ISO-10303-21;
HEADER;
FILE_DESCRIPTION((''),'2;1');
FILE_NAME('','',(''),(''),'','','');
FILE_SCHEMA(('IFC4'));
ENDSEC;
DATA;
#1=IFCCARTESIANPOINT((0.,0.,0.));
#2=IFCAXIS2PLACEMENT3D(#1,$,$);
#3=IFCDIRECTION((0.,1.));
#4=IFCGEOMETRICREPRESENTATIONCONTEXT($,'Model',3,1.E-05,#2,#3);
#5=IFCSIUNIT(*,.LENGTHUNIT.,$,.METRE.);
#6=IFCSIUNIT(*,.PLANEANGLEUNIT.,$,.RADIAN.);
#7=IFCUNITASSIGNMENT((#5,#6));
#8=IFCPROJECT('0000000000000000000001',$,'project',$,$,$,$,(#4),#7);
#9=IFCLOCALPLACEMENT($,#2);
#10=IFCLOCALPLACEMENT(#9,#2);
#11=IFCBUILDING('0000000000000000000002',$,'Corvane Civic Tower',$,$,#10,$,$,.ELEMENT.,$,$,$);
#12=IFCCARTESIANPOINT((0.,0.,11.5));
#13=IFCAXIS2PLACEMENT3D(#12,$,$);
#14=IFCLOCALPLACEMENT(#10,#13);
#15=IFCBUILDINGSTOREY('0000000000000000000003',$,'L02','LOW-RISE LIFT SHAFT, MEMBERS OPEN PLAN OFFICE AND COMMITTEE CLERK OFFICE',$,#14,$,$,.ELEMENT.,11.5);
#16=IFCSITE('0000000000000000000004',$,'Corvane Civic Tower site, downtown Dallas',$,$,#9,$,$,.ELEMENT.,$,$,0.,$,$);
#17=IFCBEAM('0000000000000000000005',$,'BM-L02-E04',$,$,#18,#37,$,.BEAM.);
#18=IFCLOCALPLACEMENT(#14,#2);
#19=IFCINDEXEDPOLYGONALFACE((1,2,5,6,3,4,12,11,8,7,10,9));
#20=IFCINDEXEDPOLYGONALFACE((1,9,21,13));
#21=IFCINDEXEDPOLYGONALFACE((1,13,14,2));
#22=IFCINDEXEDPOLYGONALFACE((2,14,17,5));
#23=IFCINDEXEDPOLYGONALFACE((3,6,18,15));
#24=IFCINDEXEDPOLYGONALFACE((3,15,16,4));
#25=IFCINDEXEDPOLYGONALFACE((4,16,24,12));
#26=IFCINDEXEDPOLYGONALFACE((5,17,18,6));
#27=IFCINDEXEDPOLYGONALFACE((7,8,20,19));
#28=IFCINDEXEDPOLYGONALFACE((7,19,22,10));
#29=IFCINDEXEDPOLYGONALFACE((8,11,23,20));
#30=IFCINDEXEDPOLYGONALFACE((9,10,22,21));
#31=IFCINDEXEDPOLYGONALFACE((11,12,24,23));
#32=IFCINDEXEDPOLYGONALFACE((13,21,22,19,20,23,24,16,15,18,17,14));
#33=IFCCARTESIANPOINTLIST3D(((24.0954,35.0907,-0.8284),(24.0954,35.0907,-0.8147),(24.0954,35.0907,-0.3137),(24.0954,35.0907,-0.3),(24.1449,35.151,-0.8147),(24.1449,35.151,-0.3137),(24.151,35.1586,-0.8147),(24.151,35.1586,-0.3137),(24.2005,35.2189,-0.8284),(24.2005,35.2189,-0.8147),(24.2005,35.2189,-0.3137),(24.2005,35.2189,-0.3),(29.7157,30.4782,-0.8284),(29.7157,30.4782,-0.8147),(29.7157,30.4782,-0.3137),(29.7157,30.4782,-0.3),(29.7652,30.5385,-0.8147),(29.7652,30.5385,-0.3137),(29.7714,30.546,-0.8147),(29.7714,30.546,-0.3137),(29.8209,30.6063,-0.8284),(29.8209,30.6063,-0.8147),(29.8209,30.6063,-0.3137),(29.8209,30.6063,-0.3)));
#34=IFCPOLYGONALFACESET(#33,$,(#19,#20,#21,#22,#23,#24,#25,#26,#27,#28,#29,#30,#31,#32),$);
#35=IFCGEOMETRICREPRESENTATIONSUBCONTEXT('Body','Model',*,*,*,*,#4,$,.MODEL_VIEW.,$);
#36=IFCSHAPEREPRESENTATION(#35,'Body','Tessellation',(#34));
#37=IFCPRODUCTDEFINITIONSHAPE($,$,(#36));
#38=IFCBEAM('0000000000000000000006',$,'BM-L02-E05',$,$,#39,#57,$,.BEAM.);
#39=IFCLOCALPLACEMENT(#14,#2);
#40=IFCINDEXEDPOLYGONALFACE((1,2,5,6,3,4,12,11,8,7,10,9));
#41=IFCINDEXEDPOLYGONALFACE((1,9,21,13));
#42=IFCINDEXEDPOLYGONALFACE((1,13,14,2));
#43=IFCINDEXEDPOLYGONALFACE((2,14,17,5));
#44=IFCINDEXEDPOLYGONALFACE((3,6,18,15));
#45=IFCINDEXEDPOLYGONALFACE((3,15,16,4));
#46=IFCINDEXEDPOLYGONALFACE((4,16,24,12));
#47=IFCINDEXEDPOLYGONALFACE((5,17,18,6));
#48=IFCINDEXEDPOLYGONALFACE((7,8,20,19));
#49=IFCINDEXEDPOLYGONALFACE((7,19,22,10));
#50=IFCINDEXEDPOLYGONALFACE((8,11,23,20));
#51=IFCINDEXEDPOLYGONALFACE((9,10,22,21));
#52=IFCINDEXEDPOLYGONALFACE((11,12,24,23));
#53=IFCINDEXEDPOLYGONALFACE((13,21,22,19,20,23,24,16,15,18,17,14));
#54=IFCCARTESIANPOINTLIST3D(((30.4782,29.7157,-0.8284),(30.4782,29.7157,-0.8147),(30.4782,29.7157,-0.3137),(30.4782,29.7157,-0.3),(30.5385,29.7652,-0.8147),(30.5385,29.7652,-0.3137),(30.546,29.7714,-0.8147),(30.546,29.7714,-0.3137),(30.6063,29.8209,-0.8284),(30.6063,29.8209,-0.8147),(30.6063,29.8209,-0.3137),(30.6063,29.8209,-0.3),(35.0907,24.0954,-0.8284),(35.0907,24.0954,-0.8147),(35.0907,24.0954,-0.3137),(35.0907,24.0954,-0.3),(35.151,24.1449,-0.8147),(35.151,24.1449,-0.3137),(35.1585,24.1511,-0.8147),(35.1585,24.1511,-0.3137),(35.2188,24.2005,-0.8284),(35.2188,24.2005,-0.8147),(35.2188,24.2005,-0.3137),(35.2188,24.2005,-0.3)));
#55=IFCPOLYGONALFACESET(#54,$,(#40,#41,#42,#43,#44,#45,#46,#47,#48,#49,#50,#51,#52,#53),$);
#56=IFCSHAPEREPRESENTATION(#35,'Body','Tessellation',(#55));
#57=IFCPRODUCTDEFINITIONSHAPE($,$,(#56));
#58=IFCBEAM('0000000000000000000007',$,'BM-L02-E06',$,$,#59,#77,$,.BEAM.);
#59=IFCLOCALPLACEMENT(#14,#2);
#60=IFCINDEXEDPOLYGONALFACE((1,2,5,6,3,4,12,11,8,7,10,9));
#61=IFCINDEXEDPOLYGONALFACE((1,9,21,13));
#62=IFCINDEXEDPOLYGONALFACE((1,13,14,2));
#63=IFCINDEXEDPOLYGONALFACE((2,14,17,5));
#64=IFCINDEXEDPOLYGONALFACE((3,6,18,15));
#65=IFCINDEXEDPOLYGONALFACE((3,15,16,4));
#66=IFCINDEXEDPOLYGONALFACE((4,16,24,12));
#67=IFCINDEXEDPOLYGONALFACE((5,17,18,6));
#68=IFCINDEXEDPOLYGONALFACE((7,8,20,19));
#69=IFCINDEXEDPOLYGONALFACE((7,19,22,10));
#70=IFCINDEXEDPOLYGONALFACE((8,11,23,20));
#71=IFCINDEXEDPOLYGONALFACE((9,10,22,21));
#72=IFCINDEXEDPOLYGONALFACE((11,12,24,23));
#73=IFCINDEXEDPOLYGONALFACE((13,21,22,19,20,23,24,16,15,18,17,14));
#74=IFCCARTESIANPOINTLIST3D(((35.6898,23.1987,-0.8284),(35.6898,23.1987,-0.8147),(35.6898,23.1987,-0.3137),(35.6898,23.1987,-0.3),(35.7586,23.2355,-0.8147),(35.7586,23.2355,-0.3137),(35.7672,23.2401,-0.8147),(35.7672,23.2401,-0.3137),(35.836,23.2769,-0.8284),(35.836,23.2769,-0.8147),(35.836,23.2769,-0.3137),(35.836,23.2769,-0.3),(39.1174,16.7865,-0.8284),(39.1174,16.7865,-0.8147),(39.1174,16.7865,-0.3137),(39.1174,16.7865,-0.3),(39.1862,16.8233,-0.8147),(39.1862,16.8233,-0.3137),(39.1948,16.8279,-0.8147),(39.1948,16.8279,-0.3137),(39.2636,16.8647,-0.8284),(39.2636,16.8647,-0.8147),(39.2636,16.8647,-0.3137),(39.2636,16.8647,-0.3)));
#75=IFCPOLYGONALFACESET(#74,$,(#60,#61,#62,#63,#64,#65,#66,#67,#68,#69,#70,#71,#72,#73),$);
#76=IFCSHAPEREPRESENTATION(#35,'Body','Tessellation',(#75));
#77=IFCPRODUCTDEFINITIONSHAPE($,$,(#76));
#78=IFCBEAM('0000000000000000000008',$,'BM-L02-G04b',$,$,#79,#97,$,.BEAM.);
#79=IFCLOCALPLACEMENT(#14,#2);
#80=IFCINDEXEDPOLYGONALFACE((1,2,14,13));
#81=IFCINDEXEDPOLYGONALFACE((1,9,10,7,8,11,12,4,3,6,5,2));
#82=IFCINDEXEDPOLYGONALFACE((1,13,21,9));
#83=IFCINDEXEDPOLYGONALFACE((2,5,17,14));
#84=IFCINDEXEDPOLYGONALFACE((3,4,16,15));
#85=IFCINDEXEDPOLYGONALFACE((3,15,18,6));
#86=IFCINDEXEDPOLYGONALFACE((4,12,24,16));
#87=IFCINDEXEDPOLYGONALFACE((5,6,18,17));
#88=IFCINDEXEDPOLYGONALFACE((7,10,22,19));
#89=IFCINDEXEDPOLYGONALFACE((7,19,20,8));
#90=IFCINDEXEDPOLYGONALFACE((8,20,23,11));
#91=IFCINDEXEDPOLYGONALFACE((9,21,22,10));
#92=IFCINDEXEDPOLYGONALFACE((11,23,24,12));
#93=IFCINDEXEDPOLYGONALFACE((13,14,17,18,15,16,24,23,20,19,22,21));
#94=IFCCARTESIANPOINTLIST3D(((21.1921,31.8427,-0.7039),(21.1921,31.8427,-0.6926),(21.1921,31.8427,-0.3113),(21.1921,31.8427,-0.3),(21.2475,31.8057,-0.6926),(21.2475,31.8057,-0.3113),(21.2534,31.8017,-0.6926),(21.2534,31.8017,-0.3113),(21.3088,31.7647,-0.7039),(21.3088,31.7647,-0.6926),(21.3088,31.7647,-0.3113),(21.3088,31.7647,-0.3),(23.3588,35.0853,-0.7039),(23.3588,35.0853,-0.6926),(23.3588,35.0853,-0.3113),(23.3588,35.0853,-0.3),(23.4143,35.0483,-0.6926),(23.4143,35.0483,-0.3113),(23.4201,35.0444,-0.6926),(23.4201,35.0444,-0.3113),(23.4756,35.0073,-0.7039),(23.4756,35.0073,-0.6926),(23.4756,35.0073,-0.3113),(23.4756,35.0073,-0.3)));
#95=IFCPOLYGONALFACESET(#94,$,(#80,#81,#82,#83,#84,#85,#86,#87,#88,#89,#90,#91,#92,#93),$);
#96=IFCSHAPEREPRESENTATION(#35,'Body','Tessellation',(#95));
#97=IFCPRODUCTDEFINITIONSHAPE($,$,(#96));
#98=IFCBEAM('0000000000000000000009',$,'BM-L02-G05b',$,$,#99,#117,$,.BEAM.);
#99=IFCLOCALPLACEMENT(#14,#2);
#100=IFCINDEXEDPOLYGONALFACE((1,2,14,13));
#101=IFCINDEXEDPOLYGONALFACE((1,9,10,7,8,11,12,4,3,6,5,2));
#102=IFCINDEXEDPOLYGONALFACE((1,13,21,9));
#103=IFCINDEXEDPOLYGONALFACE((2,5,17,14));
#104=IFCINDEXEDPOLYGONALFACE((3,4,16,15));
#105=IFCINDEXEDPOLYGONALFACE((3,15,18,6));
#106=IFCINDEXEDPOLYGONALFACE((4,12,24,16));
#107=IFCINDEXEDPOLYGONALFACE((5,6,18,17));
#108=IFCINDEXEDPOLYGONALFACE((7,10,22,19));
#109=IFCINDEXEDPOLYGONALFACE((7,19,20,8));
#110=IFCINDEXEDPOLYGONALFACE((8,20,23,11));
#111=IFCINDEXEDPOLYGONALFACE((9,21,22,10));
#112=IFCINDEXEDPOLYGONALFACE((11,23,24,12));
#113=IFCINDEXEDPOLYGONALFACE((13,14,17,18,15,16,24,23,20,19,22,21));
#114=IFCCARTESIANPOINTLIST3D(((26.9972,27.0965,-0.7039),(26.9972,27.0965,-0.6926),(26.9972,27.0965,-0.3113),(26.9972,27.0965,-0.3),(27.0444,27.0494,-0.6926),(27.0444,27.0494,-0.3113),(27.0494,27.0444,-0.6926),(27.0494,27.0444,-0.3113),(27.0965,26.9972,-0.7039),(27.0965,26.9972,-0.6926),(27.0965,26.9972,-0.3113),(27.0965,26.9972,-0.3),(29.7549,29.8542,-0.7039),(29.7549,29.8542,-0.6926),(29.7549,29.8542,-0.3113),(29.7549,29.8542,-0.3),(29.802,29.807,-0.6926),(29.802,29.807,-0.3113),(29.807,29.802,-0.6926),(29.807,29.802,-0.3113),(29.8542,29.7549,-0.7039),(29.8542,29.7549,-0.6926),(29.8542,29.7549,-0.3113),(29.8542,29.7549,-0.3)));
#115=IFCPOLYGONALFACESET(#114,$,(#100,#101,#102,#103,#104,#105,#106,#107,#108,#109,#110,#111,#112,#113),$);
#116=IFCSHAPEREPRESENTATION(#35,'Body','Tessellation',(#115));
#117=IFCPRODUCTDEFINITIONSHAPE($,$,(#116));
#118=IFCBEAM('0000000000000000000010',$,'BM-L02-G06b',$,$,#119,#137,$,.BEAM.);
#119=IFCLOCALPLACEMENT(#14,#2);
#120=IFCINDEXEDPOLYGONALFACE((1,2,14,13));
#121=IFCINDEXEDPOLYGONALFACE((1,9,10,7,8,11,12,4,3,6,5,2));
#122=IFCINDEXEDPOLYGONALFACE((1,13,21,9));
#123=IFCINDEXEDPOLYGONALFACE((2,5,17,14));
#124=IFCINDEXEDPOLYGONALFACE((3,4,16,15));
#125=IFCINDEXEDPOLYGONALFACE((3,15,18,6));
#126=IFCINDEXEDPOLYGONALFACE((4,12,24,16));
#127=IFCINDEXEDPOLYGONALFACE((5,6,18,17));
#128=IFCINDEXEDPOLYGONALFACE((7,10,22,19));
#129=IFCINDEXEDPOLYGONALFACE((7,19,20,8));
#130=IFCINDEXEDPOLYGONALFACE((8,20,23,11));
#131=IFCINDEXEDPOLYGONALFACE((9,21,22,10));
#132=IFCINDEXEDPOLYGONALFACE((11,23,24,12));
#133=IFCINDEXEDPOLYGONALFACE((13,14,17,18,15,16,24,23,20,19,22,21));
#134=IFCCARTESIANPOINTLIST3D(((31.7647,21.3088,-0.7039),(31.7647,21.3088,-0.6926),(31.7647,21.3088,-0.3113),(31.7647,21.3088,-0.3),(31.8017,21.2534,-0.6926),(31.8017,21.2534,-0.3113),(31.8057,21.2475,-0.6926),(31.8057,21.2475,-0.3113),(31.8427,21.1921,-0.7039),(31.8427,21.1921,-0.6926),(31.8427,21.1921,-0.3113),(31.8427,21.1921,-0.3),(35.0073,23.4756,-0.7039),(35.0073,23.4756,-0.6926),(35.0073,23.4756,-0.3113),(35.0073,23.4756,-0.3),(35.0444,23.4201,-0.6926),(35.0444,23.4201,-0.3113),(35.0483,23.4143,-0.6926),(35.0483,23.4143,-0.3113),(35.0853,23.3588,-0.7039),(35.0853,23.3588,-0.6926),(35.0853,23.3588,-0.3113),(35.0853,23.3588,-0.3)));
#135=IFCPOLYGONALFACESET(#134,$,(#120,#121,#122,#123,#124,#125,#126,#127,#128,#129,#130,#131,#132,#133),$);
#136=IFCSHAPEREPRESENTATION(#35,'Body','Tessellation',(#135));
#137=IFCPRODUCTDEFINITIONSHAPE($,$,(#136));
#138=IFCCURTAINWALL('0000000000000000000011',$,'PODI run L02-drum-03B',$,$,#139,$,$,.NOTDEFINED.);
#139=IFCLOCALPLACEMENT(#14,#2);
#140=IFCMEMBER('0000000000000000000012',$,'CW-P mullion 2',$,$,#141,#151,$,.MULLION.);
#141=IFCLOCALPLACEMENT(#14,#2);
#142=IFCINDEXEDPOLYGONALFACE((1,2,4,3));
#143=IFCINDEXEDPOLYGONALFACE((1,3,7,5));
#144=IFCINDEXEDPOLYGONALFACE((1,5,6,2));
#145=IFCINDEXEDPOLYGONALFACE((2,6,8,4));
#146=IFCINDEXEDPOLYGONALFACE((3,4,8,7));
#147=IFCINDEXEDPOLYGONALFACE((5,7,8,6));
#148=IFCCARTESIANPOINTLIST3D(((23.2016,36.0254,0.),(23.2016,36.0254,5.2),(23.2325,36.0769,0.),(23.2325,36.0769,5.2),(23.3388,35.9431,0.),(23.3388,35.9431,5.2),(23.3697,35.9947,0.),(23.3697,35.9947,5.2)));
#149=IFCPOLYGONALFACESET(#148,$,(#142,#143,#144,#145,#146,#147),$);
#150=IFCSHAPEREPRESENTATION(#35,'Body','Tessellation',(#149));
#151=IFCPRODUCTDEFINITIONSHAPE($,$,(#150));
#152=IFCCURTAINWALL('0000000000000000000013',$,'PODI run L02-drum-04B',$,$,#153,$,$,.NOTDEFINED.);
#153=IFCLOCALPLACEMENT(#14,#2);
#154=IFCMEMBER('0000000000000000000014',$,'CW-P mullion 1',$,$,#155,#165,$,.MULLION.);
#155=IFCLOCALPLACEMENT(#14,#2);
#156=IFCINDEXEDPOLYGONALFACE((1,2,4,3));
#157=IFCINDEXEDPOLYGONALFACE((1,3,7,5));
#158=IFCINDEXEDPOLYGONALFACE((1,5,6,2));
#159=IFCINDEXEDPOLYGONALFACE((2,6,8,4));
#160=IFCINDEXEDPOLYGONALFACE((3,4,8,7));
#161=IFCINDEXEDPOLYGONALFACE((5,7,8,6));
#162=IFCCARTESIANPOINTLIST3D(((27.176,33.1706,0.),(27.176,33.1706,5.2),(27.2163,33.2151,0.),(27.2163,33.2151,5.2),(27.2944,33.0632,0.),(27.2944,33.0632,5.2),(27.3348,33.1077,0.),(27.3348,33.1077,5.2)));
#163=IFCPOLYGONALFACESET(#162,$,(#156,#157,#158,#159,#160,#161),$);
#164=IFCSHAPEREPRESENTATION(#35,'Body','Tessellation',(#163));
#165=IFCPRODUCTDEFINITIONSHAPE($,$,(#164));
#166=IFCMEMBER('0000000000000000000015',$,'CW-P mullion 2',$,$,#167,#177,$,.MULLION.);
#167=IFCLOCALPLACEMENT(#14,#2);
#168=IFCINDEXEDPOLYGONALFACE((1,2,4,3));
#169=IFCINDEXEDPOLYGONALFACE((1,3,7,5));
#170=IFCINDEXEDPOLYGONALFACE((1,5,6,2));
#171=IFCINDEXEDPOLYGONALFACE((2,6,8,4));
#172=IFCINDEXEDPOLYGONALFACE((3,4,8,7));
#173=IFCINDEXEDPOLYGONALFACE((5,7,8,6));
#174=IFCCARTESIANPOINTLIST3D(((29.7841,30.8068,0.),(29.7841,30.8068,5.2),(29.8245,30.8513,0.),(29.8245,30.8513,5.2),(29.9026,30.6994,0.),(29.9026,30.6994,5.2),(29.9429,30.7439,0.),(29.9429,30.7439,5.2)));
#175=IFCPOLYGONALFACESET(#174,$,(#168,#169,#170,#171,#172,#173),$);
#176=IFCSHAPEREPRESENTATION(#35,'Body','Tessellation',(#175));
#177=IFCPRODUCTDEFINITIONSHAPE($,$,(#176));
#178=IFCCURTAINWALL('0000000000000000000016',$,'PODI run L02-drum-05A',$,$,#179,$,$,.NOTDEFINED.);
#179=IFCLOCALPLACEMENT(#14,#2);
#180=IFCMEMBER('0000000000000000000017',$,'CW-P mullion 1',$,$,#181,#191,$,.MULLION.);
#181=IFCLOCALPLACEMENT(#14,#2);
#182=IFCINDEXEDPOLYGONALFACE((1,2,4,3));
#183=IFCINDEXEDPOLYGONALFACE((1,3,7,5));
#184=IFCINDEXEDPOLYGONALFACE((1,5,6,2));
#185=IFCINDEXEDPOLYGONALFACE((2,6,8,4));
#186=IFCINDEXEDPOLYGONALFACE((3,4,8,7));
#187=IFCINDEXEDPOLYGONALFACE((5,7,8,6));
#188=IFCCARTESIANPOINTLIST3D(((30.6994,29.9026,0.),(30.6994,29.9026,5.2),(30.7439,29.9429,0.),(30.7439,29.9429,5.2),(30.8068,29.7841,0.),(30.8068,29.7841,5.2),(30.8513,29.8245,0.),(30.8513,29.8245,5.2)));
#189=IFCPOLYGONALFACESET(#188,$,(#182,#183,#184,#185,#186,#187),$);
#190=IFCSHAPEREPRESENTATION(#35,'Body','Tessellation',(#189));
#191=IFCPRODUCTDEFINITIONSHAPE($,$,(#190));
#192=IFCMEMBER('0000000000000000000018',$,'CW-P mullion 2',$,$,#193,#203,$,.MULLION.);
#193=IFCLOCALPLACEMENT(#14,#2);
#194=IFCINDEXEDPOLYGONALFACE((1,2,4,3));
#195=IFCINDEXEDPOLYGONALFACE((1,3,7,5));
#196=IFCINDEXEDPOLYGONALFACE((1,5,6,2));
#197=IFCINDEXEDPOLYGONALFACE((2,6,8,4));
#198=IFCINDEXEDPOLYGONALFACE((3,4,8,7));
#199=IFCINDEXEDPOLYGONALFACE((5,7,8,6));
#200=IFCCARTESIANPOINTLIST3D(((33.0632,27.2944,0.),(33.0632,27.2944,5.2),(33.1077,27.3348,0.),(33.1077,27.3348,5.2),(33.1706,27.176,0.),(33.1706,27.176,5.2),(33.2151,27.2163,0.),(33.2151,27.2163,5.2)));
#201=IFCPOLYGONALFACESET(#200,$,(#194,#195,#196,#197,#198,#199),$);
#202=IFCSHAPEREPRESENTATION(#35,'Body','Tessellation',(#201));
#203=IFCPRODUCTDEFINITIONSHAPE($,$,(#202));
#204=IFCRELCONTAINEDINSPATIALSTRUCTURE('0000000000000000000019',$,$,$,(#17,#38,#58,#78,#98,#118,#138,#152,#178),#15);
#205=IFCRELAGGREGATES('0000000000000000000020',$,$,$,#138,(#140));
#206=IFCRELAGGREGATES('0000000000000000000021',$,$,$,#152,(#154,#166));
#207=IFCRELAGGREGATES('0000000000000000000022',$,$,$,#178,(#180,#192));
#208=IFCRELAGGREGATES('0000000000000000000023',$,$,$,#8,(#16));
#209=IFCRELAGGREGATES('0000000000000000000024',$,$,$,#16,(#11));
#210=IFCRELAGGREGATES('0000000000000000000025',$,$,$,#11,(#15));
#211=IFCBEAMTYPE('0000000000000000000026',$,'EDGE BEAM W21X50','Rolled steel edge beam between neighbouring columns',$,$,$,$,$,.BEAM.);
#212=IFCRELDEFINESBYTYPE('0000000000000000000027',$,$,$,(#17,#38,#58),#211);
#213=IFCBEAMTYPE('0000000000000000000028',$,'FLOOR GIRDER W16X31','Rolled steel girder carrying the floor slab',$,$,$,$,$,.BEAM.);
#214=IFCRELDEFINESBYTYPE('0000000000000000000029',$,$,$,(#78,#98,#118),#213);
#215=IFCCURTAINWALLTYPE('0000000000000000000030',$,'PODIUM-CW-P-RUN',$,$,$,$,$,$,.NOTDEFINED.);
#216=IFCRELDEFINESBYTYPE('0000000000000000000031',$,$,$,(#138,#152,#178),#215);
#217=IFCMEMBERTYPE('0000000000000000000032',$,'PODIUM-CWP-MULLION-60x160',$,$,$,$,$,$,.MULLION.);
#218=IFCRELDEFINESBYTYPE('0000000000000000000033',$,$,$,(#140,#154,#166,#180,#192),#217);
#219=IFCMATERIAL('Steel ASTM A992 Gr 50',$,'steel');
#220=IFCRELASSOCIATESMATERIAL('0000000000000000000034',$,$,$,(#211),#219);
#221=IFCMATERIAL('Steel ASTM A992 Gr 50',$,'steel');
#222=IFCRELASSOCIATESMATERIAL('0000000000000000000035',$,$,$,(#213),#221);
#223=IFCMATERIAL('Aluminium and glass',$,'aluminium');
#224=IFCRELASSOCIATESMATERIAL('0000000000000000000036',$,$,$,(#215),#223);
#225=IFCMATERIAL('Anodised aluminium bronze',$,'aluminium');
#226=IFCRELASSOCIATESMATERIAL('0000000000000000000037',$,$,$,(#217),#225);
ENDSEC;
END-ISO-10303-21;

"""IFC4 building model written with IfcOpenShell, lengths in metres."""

from ifc_helpers import new_model, si_unit, direction, frame, origin, origin_2d, place, context, subcontext, project, spatial, rectangle, i_section, extrude, material, material_profile, profile_set, type_object, element, aggregate, save


model = new_model("IFC4")

# Units and contexts
model_context = context("Model", 3, precision=1e-05, world=origin(), true_north=direction((0.0, 1.0)))
body_context = subcontext(model_context, "Body", "Model", "MODEL_VIEW")
ifc_project = project(units=[si_unit("LENGTHUNIT", "METRE"), si_unit("PLANEANGLEUNIT", "RADIAN")], contexts=[model_context])

# Site, building, storey
site_placement = place(None, origin())
site = spatial("IfcSite", under=ifc_project, at=site_placement, Name="Corvane Civic Tower site, downtown Dallas", CompositionType="ELEMENT", RefElevation=0.0)
building_placement = place(site_placement, origin())
building = spatial("IfcBuilding", under=site, at=building_placement, Name="Corvane Civic Tower", CompositionType="ELEMENT")
storey_placement = place(building_placement, frame((0.0, 0.0, 11.5)))
storey = spatial("IfcBuildingStorey", under=building, at=storey_placement, Name="L02", Description="LOW-RISE LIFT SHAFT, MEMBERS OPEN PLAN OFFICE AND COMMITTEE CLERK OFFICE", CompositionType="ELEMENT", Elevation=11.5)

# Beams
ifc_material_1 = material(Name="Steel ASTM A992 Gr 50", Category="steel")
ifc_material_profile_1 = material_profile(ifc_material_1, i_section(OverallWidth=0.1658, OverallDepth=0.5283, WebThickness=0.0098, FlangeThickness=0.0137, at=origin_2d()), Name="W21X50")
ifc_profile_set_1 = profile_set([ifc_material_profile_1], Name="Steel ASTM A992 Gr 50")
beam_type_1 = type_object("IfcBeamType", Name="EDGE BEAM W21X50", Description="Rolled steel edge beam between neighbouring columns", PredefinedType="BEAM", material=ifc_profile_set_1)
for number, where, z_axis, x_axis, name in (
    (1, (24.1479, 35.1548, -0.5642), (0.773008, -0.634396, 0.0), (0.634396, 0.773008, 0.0), "BM-L02-E04"),
    (2, (30.5422, 29.7683, -0.5642), (0.634396, -0.773008, 0.0), (0.773008, 0.634396, 0.0), "BM-L02-E05"),
    (3, (35.7629, 23.2378, -0.5642), (0.471412, -0.881913, 0.0), (0.881913, 0.471412, 0.0), "BM-L02-E06"),
):
    element("IfcBeam", number, at=place(storey_placement, frame(where, z_axis=z_axis, x_axis=x_axis)), inside=storey, type_object=beam_type_1, Name=name, PredefinedType="BEAM", context=body_context, shape_type="SweptSolid", body=[
        extrude(i_section(OverallWidth=0.1658, OverallDepth=0.5283, WebThickness=0.0098, FlangeThickness=0.0137, at=origin_2d()), origin(), (0.0, 0.0, 1.0), 7.2708),
    ])
ifc_material_2 = material(Name="Steel ASTM A992 Gr 50", Category="steel")
ifc_material_profile_2 = material_profile(ifc_material_2, i_section(OverallWidth=0.1404, OverallDepth=0.4038, WebThickness=0.0071, FlangeThickness=0.0112, at=origin_2d()), Name="W16X31")
ifc_profile_set_2 = profile_set([ifc_material_profile_2], Name="Steel ASTM A992 Gr 50")
beam_type_2 = type_object("IfcBeamType", Name="FLOOR GIRDER W16X31", Description="Rolled steel girder carrying the floor slab", PredefinedType="BEAM", material=ifc_profile_set_2)
for number, where, z_axis, x_axis, name in (
    (4, (21.2505, 31.8037, -0.502), (0.555581, 0.831462, 0.0), (-0.831462, 0.555581, 0.0), "BM-L02-G04b"),
    (5, (27.0469, 27.0469, -0.502), (0.707107, 0.707107, 0.0), (-0.707107, 0.707107, 0.0), "BM-L02-G05b"),
    (6, (31.8037, 21.2505, -0.502), (0.831462, 0.555581, 0.0), (-0.555581, 0.831462, 0.0), "BM-L02-G06b"),
):
    element("IfcBeam", number, at=place(storey_placement, frame(where, z_axis=z_axis, x_axis=x_axis)), inside=storey, type_object=beam_type_2, Name=name, PredefinedType="BEAM", context=body_context, shape_type="SweptSolid", body=[
        extrude(i_section(OverallWidth=0.1404, OverallDepth=0.4038, WebThickness=0.0071, FlangeThickness=0.0112, at=origin_2d()), origin(), (0.0, 0.0, 1.0), 3.8999),
    ])

# Curtain wall, member
ifc_material_3 = material(Name="Aluminium and glass", Category="aluminium")
curtain_wall_type = type_object("IfcCurtainWallType", Name="PODIUM-CW-P-RUN", PredefinedType="NOTDEFINED", material=ifc_material_3)
curtain_wall_1_placement = place(storey_placement, origin())
curtain_wall_1 = element("IfcCurtainWall", 7, at=curtain_wall_1_placement, inside=storey, type_object=curtain_wall_type, Name="PODI run L02-drum-03B", PredefinedType="NOTDEFINED")
ifc_material_4 = material(Name="Anodised aluminium bronze", Category="aluminium")
ifc_material_profile_3 = material_profile(ifc_material_4, rectangle(XDim=0.0601, YDim=0.1599, at=origin_2d()), Name="AL 60x160")
ifc_profile_set_3 = profile_set([ifc_material_profile_3], Name="Anodised aluminium bronze")
member_type_1 = type_object("IfcMemberType", Name="PODIUM-CWP-MULLION-60x160", PredefinedType="MULLION", material=ifc_profile_set_3)
member_1_placement = place(storey_placement, frame((23.2856, 36.01, 0.0), z_axis=(0.0, 0.0, 1.0), x_axis=(0.514118, 0.85772, 0.0)))
member_1 = element("IfcMember", 8, at=member_1_placement, type_object=member_type_1, Name="CW-P mullion 2", PredefinedType="MULLION", context=body_context, shape_type="SweptSolid", body=[
    extrude(rectangle(XDim=0.0601, YDim=0.1599, at=origin_2d()), origin(), (0.0, 0.0, 1.0), 5.2),
])

# Curtain walls, members
curtain_wall_2_placement = place(storey_placement, origin())
curtain_wall_2 = element("IfcCurtainWall", 9, at=curtain_wall_2_placement, inside=storey, type_object=curtain_wall_type, Name="PODI run L02-drum-04B", PredefinedType="NOTDEFINED")
member_2_placement = place(storey_placement, frame((27.2554, 33.1392, 0.0), z_axis=(0.0, 0.0, 1.0), x_axis=(0.671576, 0.740935, 0.0)))
member_2 = element("IfcMember", 10, at=member_2_placement, type_object=member_type_1, Name="CW-P mullion 1", PredefinedType="MULLION", context=body_context, shape_type="SweptSolid", body=[
    extrude(rectangle(XDim=0.0601, YDim=0.1599, at=origin_2d()), origin(), (0.0, 0.0, 1.0), 5.2),
])
member_3_placement = place(storey_placement, frame((29.8635, 30.7754, 0.0), z_axis=(0.0, 0.0, 1.0), x_axis=(0.671576, 0.740935, 0.0)))
member_3 = element("IfcMember", 11, at=member_3_placement, type_object=member_type_1, Name="CW-P mullion 2", PredefinedType="MULLION", context=body_context, shape_type="SweptSolid", body=[
    extrude(rectangle(XDim=0.0601, YDim=0.1599, at=origin_2d()), origin(), (0.0, 0.0, 1.0), 5.2),
])
curtain_wall_3_placement = place(storey_placement, origin())
curtain_wall_3 = element("IfcCurtainWall", 12, at=curtain_wall_3_placement, inside=storey, type_object=curtain_wall_type, Name="PODI run L02-drum-05A", PredefinedType="NOTDEFINED")
member_4_placement = place(storey_placement, frame((30.7754, 29.8635, 0.0), z_axis=(0.0, 0.0, 1.0), x_axis=(0.740935, 0.671576, 0.0)))
member_4 = element("IfcMember", 13, at=member_4_placement, type_object=member_type_1, Name="CW-P mullion 1", PredefinedType="MULLION", context=body_context, shape_type="SweptSolid", body=[
    extrude(rectangle(XDim=0.0601, YDim=0.1599, at=origin_2d()), origin(), (0.0, 0.0, 1.0), 5.2),
])
member_5_placement = place(storey_placement, frame((33.1392, 27.2554, 0.0), z_axis=(0.0, 0.0, 1.0), x_axis=(0.740935, 0.671576, 0.0)))
member_5 = element("IfcMember", 14, at=member_5_placement, type_object=member_type_1, Name="CW-P mullion 2", PredefinedType="MULLION", context=body_context, shape_type="SweptSolid", body=[
    extrude(rectangle(XDim=0.0601, YDim=0.1599, at=origin_2d()), origin(), (0.0, 0.0, 1.0), 5.2),
])

aggregate(curtain_wall_1, [member_1])
aggregate(curtain_wall_2, [member_2, member_3])
aggregate(curtain_wall_3, [member_4, member_5])

save(model, "model.ifc")
